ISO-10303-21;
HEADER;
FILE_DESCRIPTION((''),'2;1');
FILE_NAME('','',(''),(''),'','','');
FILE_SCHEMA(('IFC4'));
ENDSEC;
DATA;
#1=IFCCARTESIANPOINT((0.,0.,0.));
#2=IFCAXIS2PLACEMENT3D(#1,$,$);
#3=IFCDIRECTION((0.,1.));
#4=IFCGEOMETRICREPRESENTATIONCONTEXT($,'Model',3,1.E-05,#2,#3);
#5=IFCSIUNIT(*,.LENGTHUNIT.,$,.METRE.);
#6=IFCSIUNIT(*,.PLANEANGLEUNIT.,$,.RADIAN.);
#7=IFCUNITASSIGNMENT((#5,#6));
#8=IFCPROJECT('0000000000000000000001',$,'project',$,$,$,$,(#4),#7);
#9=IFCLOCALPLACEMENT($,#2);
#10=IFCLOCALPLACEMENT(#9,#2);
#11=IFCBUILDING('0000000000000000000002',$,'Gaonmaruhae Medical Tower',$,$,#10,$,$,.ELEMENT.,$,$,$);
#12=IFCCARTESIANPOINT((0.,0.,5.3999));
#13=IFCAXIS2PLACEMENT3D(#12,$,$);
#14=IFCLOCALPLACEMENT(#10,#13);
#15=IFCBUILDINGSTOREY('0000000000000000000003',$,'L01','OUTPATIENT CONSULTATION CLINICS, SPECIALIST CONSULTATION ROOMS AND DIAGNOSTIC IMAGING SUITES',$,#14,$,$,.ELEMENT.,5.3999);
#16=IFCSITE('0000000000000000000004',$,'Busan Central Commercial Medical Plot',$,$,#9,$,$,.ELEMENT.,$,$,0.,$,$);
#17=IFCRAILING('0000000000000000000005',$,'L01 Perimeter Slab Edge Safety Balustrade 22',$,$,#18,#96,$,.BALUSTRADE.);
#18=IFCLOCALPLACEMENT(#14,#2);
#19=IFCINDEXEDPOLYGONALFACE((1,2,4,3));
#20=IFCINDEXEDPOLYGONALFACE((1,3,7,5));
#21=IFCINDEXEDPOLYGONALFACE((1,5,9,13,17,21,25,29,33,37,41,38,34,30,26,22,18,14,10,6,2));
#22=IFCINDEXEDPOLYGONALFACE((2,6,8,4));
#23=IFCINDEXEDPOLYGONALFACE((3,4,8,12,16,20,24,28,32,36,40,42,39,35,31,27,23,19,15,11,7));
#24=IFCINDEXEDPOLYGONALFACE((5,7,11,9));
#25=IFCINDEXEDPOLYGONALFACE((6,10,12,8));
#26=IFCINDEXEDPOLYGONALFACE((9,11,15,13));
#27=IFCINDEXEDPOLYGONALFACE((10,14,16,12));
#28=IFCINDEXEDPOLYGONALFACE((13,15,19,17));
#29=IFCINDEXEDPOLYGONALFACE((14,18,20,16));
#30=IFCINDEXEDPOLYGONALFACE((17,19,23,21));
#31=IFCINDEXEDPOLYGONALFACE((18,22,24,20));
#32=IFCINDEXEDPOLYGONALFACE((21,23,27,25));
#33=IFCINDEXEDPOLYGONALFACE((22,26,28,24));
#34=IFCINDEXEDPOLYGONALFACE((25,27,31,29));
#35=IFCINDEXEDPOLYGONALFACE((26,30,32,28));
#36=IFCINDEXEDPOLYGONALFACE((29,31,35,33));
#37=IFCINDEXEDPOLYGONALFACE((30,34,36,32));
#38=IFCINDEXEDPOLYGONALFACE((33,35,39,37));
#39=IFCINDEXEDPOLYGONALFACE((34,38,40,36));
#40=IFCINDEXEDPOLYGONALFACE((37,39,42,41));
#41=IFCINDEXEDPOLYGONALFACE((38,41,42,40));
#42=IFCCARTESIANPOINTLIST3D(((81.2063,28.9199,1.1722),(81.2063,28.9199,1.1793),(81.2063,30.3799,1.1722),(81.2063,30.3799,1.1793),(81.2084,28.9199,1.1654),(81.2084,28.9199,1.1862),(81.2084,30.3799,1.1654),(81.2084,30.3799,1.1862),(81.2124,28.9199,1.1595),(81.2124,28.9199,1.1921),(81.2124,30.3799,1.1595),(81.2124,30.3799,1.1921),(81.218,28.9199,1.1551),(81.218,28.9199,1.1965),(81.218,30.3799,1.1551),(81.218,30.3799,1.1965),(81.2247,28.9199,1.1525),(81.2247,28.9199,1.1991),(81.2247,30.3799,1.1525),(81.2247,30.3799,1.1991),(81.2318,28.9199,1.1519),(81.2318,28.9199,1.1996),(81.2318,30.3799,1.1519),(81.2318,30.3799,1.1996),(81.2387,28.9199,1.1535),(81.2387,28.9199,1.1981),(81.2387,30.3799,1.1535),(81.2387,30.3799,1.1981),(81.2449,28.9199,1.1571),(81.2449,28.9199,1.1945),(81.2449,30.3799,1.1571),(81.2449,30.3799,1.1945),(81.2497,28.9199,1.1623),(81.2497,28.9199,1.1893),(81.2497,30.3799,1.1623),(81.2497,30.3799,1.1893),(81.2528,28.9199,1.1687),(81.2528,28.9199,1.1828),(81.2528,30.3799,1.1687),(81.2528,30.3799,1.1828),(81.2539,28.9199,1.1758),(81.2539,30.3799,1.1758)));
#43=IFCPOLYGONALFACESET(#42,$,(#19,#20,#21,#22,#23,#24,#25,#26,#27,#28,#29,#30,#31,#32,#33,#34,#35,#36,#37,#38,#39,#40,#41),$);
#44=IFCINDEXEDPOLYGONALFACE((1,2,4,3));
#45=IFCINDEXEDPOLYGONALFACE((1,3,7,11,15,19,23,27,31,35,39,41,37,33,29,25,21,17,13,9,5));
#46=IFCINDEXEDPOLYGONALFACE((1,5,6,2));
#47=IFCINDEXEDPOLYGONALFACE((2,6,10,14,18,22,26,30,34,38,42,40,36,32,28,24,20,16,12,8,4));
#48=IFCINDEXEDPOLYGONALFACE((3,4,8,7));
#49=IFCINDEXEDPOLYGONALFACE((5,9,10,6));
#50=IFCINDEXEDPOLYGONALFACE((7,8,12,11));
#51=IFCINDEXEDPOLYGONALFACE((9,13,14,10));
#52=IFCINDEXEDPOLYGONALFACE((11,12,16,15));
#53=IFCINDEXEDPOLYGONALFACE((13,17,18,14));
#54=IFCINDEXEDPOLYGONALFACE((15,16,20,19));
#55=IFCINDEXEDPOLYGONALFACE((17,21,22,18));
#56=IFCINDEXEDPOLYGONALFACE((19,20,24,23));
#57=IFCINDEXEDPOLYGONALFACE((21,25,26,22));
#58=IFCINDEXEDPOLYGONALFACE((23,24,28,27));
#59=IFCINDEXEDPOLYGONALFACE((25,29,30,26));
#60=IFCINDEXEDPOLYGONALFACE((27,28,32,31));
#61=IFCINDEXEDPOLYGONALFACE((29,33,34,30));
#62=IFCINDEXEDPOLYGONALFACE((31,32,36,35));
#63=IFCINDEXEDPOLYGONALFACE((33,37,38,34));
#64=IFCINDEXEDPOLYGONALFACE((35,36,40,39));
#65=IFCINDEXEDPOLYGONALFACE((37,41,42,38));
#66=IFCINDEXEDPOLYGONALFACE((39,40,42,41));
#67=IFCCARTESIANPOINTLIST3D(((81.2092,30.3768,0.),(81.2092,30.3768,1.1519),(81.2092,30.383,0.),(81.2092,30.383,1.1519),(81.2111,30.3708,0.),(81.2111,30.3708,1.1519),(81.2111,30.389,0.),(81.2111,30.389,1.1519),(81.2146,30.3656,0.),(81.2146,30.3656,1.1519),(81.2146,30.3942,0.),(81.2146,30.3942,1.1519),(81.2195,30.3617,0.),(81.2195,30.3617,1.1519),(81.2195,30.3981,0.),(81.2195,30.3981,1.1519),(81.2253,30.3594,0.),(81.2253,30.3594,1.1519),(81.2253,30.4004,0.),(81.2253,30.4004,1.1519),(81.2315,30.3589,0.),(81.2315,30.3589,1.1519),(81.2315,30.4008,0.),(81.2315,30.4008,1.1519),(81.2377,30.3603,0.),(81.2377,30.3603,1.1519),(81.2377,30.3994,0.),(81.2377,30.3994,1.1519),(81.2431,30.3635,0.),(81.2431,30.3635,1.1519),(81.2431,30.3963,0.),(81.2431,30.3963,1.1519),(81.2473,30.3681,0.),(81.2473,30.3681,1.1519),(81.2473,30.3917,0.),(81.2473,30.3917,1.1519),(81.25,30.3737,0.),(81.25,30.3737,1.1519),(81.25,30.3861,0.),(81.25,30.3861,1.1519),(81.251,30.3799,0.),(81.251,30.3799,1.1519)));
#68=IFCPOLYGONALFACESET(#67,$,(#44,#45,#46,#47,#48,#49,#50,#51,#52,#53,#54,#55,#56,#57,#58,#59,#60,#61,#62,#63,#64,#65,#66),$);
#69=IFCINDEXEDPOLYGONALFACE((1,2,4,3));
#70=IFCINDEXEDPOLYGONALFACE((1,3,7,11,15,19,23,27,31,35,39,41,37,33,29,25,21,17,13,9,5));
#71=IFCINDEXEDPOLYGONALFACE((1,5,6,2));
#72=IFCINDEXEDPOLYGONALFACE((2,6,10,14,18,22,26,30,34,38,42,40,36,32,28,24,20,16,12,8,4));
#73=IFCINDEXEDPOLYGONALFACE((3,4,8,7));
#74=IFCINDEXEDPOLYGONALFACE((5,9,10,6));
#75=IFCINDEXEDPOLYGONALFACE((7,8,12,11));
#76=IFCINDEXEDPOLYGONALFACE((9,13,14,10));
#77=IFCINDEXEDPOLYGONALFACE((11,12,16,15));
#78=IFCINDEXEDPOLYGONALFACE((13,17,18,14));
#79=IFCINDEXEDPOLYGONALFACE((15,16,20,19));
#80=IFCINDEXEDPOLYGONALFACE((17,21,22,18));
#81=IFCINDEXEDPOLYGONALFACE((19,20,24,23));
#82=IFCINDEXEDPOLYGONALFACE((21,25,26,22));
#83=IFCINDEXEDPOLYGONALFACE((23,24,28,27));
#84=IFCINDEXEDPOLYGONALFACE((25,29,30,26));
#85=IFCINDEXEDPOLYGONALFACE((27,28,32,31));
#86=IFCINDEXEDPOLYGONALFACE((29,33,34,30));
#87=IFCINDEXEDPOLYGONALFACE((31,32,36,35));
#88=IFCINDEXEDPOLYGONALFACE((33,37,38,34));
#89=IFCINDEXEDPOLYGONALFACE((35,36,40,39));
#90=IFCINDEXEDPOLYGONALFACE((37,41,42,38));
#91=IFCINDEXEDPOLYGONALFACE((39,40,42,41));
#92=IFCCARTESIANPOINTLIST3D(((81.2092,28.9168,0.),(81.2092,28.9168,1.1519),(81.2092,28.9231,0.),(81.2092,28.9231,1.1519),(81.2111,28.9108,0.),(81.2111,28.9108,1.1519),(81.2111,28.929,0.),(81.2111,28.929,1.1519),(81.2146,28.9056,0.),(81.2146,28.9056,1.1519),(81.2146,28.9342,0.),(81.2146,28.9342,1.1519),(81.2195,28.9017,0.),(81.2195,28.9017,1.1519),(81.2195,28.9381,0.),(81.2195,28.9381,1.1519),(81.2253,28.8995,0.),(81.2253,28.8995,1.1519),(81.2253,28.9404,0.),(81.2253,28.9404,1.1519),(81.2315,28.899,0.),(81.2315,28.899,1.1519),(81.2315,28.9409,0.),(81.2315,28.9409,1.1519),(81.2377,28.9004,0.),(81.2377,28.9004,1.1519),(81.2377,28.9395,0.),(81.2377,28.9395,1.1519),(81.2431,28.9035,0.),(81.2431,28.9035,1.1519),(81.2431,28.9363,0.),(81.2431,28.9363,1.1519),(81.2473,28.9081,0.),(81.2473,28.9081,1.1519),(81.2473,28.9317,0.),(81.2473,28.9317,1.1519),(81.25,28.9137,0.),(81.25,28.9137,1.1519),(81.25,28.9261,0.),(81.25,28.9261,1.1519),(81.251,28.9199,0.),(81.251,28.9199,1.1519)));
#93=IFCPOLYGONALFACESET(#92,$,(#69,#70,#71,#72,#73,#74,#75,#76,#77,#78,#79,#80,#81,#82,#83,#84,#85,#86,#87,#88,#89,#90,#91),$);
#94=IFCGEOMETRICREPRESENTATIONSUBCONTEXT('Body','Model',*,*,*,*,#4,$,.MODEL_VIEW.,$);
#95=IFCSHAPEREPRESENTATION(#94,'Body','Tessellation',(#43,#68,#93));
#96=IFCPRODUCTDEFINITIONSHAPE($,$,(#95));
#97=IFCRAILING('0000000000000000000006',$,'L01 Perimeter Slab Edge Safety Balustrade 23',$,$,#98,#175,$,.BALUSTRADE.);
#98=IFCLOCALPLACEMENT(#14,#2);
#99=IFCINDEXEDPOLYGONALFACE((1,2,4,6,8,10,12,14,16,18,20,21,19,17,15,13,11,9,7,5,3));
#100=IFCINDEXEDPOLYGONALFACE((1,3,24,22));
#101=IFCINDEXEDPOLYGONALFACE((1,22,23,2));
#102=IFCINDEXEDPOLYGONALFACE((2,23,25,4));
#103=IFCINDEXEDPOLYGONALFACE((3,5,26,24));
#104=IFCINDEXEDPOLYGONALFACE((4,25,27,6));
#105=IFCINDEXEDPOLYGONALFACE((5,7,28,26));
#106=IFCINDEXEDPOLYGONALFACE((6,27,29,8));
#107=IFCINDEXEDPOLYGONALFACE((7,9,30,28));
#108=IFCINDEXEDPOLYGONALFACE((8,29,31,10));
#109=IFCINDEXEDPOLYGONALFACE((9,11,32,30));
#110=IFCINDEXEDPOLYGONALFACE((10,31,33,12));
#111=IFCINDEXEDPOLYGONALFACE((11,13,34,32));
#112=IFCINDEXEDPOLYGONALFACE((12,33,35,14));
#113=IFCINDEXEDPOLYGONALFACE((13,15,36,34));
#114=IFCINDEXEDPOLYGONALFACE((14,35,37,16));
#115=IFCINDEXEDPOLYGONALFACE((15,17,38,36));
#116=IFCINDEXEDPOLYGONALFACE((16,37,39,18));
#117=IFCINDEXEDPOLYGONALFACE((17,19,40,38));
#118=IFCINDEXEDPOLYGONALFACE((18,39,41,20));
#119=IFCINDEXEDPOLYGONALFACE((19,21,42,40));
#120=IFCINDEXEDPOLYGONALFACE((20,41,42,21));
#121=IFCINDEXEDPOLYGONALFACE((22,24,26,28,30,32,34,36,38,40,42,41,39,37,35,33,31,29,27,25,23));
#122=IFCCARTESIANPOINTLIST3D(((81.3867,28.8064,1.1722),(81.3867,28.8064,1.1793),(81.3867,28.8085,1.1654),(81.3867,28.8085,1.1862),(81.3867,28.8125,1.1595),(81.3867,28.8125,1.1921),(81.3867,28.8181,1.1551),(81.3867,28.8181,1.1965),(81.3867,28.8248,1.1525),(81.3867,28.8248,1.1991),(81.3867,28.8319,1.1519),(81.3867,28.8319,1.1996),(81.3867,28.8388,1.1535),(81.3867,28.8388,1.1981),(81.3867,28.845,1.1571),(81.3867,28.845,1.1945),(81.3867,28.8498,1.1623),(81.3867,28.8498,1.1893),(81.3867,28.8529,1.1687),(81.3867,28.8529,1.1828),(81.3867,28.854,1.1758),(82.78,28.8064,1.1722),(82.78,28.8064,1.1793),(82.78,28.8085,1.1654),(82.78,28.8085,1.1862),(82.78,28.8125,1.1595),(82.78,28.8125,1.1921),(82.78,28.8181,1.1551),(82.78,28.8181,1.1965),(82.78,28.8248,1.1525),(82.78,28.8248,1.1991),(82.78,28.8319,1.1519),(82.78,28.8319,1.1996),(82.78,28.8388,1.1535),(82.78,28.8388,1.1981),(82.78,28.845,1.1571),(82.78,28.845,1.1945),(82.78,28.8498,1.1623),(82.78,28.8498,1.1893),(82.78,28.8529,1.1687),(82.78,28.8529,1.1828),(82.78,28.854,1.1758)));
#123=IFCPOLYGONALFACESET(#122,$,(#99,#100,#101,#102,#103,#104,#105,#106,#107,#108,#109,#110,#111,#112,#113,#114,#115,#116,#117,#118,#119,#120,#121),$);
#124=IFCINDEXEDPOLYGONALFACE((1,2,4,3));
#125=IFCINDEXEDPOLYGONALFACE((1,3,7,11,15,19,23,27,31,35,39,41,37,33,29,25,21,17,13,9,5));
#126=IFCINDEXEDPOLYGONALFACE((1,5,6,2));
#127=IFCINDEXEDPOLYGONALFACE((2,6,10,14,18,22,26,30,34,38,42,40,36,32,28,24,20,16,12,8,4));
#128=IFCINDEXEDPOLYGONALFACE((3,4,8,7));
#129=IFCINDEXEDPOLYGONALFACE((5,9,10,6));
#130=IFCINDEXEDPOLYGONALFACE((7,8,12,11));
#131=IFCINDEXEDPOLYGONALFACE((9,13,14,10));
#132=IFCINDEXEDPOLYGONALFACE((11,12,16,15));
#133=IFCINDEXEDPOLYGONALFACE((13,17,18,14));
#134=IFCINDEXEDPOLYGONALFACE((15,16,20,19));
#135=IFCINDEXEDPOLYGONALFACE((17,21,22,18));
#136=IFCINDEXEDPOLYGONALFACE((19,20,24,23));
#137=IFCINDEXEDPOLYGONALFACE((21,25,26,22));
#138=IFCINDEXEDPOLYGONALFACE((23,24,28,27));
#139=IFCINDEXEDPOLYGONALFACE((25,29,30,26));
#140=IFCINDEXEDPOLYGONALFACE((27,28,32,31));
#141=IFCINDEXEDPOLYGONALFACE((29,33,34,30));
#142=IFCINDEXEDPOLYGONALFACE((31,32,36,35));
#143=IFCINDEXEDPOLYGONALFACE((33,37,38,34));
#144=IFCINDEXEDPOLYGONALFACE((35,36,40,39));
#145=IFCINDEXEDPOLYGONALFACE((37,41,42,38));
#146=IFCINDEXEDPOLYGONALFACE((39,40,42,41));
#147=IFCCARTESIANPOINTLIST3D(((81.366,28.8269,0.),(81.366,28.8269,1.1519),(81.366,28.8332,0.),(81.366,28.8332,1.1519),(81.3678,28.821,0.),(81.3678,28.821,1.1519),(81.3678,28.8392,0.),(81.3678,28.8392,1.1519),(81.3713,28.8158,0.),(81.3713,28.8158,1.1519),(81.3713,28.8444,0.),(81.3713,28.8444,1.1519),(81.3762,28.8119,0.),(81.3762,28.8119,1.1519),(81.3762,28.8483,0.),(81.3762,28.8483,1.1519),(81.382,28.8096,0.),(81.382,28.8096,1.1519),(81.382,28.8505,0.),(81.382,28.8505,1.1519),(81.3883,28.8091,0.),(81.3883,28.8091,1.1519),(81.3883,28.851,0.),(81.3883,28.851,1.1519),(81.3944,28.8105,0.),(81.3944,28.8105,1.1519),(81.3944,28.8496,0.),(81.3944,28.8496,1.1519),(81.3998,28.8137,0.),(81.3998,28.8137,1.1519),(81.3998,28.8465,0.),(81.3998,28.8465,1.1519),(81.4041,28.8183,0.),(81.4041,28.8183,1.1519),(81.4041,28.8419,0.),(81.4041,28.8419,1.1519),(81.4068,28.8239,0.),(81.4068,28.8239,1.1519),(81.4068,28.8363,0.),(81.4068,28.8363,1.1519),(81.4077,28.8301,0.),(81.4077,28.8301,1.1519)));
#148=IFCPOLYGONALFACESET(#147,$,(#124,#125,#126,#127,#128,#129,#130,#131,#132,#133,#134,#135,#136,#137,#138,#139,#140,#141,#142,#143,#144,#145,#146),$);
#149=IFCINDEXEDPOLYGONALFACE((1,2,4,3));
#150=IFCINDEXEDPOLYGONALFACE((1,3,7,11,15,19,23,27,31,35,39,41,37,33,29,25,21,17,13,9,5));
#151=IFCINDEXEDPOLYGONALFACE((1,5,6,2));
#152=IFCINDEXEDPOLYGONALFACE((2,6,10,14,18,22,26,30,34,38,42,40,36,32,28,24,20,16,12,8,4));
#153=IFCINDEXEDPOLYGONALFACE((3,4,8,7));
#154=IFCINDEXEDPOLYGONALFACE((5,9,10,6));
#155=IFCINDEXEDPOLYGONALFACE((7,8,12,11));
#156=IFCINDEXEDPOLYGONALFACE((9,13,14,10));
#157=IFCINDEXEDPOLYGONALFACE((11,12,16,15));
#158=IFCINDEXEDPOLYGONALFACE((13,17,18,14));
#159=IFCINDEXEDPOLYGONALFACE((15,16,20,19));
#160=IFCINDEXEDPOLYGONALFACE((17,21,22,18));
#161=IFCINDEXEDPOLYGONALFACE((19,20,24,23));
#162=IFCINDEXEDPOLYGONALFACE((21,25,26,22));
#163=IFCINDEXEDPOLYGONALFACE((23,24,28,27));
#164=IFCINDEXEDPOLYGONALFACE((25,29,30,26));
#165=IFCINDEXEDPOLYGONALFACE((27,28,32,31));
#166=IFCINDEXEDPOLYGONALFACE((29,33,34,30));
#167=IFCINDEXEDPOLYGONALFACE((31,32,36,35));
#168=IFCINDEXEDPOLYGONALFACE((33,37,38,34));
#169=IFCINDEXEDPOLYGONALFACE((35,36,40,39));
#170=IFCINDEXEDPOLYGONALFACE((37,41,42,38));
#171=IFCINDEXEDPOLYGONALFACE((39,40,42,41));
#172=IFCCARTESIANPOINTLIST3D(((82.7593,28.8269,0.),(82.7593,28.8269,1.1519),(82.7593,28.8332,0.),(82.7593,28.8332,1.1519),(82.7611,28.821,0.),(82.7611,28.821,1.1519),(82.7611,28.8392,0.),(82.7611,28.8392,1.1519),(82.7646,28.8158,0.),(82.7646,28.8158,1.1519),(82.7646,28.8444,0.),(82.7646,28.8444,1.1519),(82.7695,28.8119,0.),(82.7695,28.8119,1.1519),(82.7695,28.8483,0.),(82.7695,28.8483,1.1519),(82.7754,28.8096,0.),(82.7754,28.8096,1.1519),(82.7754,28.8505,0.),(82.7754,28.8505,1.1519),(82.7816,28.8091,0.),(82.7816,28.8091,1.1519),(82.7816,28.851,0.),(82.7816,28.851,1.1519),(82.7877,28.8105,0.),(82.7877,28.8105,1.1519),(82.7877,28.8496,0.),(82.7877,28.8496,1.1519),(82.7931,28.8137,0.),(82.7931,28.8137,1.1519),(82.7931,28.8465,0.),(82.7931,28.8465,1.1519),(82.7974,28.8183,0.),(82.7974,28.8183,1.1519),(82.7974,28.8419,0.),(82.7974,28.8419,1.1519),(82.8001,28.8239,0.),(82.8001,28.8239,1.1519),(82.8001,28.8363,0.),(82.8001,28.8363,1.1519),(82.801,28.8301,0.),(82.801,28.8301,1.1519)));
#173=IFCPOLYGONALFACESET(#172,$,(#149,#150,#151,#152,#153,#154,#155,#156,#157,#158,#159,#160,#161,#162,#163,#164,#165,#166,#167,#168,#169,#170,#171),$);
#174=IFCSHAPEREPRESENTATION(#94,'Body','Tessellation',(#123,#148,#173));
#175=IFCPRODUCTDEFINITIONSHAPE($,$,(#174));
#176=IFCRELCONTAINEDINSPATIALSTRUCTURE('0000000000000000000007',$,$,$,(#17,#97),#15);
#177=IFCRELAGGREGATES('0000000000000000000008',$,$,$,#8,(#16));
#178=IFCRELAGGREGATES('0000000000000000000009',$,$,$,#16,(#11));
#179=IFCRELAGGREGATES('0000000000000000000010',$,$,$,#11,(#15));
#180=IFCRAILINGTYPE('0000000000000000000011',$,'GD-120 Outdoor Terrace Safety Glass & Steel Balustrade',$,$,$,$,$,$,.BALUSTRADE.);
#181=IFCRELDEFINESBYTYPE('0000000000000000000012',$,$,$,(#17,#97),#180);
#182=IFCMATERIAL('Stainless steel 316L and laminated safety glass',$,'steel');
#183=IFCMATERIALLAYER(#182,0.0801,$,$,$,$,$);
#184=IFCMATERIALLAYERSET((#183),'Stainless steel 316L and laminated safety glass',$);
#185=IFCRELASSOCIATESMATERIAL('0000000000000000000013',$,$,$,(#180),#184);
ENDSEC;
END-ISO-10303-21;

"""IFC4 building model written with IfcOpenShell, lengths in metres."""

from ifc_helpers import new_model, si_unit, direction, frame, origin, origin_2d, place, context, subcontext, project, spatial, circle, extrude, material, layer, layer_set, type_object, element, save


model = new_model("IFC4")

# Units and contexts
model_context = context("Model", 3, precision=1e-05, world=origin(), true_north=direction((0.0, 1.0)))
body_context = subcontext(model_context, "Body", "Model", "MODEL_VIEW")
ifc_project = project(units=[si_unit("LENGTHUNIT", "METRE"), si_unit("PLANEANGLEUNIT", "RADIAN")], contexts=[model_context])

# Site, building, storey
site_placement = place(None, origin())
site = spatial("IfcSite", under=ifc_project, at=site_placement, Name="Busan Central Commercial Medical Plot", CompositionType="ELEMENT", RefElevation=0.0)
building_placement = place(site_placement, origin())
building = spatial("IfcBuilding", under=site, at=building_placement, Name="Gaonmaruhae Medical Tower", CompositionType="ELEMENT")
storey_placement = place(building_placement, frame((0.0, 0.0, 5.3999)))
storey = spatial("IfcBuildingStorey", under=building, at=storey_placement, Name="L01", Description="OUTPATIENT CONSULTATION CLINICS, SPECIALIST CONSULTATION ROOMS AND DIAGNOSTIC IMAGING SUITES", CompositionType="ELEMENT", Elevation=5.3999)

# Railings
ifc_material_1 = material(Name="Stainless steel 316L and laminated safety glass", Category="steel")
ifc_layer_1 = layer(ifc_material_1, 0.0801)
ifc_layer_set_1 = layer_set([ifc_layer_1], Name="Stainless steel 316L and laminated safety glass")
railing_type = type_object("IfcRailingType", Name="GD-120 Outdoor Terrace Safety Glass & Steel Balustrade", PredefinedType="BALUSTRADE", material=ifc_layer_set_1)
railing_1_placement = place(storey_placement, frame((81.23, 30.3799, 0.0)))
element("IfcRailing", 1, at=railing_1_placement, inside=storey, type_object=railing_type, Name="L01 Perimeter Slab Edge Safety Balustrade 22", PredefinedType="BALUSTRADE", context=body_context, shape_type="SweptSolid", body=[
    extrude(circle(Radius=0.0239, at=origin_2d()), frame((0.0, 0.0, 1.1758), z_axis=(0.0, -1.0, 0.0), x_axis=(1.0, 0.0, 0.0)), (0.0, 0.0, 1.0), 1.46),
    extrude(circle(Radius=0.021, at=origin_2d()), origin(), (0.0, 0.0, 1.0), 1.1519),
    extrude(circle(Radius=0.021, at=origin_2d()), frame((0.0, -1.46, 0.0)), (0.0, 0.0, 1.0), 1.1519),
])
railing_2_placement = place(storey_placement, frame((81.3867, 28.8301, 0.0)))
element("IfcRailing", 2, at=railing_2_placement, inside=storey, type_object=railing_type, Name="L01 Perimeter Slab Edge Safety Balustrade 23", PredefinedType="BALUSTRADE", context=body_context, shape_type="SweptSolid", body=[
    extrude(circle(Radius=0.0239, at=origin_2d()), frame((0.0, 0.0, 1.1758), z_axis=(1.0, 0.0, 0.0), x_axis=(0.0, 1.0, 0.0)), (0.0, 0.0, 1.0), 1.3933),
    extrude(circle(Radius=0.021, at=origin_2d()), origin(), (0.0, 0.0, 1.0), 1.1519),
    extrude(circle(Radius=0.021, at=origin_2d()), frame((1.3933, 0.0, 0.0)), (0.0, 0.0, 1.0), 1.1519),
])

save(model, "model.ifc")
